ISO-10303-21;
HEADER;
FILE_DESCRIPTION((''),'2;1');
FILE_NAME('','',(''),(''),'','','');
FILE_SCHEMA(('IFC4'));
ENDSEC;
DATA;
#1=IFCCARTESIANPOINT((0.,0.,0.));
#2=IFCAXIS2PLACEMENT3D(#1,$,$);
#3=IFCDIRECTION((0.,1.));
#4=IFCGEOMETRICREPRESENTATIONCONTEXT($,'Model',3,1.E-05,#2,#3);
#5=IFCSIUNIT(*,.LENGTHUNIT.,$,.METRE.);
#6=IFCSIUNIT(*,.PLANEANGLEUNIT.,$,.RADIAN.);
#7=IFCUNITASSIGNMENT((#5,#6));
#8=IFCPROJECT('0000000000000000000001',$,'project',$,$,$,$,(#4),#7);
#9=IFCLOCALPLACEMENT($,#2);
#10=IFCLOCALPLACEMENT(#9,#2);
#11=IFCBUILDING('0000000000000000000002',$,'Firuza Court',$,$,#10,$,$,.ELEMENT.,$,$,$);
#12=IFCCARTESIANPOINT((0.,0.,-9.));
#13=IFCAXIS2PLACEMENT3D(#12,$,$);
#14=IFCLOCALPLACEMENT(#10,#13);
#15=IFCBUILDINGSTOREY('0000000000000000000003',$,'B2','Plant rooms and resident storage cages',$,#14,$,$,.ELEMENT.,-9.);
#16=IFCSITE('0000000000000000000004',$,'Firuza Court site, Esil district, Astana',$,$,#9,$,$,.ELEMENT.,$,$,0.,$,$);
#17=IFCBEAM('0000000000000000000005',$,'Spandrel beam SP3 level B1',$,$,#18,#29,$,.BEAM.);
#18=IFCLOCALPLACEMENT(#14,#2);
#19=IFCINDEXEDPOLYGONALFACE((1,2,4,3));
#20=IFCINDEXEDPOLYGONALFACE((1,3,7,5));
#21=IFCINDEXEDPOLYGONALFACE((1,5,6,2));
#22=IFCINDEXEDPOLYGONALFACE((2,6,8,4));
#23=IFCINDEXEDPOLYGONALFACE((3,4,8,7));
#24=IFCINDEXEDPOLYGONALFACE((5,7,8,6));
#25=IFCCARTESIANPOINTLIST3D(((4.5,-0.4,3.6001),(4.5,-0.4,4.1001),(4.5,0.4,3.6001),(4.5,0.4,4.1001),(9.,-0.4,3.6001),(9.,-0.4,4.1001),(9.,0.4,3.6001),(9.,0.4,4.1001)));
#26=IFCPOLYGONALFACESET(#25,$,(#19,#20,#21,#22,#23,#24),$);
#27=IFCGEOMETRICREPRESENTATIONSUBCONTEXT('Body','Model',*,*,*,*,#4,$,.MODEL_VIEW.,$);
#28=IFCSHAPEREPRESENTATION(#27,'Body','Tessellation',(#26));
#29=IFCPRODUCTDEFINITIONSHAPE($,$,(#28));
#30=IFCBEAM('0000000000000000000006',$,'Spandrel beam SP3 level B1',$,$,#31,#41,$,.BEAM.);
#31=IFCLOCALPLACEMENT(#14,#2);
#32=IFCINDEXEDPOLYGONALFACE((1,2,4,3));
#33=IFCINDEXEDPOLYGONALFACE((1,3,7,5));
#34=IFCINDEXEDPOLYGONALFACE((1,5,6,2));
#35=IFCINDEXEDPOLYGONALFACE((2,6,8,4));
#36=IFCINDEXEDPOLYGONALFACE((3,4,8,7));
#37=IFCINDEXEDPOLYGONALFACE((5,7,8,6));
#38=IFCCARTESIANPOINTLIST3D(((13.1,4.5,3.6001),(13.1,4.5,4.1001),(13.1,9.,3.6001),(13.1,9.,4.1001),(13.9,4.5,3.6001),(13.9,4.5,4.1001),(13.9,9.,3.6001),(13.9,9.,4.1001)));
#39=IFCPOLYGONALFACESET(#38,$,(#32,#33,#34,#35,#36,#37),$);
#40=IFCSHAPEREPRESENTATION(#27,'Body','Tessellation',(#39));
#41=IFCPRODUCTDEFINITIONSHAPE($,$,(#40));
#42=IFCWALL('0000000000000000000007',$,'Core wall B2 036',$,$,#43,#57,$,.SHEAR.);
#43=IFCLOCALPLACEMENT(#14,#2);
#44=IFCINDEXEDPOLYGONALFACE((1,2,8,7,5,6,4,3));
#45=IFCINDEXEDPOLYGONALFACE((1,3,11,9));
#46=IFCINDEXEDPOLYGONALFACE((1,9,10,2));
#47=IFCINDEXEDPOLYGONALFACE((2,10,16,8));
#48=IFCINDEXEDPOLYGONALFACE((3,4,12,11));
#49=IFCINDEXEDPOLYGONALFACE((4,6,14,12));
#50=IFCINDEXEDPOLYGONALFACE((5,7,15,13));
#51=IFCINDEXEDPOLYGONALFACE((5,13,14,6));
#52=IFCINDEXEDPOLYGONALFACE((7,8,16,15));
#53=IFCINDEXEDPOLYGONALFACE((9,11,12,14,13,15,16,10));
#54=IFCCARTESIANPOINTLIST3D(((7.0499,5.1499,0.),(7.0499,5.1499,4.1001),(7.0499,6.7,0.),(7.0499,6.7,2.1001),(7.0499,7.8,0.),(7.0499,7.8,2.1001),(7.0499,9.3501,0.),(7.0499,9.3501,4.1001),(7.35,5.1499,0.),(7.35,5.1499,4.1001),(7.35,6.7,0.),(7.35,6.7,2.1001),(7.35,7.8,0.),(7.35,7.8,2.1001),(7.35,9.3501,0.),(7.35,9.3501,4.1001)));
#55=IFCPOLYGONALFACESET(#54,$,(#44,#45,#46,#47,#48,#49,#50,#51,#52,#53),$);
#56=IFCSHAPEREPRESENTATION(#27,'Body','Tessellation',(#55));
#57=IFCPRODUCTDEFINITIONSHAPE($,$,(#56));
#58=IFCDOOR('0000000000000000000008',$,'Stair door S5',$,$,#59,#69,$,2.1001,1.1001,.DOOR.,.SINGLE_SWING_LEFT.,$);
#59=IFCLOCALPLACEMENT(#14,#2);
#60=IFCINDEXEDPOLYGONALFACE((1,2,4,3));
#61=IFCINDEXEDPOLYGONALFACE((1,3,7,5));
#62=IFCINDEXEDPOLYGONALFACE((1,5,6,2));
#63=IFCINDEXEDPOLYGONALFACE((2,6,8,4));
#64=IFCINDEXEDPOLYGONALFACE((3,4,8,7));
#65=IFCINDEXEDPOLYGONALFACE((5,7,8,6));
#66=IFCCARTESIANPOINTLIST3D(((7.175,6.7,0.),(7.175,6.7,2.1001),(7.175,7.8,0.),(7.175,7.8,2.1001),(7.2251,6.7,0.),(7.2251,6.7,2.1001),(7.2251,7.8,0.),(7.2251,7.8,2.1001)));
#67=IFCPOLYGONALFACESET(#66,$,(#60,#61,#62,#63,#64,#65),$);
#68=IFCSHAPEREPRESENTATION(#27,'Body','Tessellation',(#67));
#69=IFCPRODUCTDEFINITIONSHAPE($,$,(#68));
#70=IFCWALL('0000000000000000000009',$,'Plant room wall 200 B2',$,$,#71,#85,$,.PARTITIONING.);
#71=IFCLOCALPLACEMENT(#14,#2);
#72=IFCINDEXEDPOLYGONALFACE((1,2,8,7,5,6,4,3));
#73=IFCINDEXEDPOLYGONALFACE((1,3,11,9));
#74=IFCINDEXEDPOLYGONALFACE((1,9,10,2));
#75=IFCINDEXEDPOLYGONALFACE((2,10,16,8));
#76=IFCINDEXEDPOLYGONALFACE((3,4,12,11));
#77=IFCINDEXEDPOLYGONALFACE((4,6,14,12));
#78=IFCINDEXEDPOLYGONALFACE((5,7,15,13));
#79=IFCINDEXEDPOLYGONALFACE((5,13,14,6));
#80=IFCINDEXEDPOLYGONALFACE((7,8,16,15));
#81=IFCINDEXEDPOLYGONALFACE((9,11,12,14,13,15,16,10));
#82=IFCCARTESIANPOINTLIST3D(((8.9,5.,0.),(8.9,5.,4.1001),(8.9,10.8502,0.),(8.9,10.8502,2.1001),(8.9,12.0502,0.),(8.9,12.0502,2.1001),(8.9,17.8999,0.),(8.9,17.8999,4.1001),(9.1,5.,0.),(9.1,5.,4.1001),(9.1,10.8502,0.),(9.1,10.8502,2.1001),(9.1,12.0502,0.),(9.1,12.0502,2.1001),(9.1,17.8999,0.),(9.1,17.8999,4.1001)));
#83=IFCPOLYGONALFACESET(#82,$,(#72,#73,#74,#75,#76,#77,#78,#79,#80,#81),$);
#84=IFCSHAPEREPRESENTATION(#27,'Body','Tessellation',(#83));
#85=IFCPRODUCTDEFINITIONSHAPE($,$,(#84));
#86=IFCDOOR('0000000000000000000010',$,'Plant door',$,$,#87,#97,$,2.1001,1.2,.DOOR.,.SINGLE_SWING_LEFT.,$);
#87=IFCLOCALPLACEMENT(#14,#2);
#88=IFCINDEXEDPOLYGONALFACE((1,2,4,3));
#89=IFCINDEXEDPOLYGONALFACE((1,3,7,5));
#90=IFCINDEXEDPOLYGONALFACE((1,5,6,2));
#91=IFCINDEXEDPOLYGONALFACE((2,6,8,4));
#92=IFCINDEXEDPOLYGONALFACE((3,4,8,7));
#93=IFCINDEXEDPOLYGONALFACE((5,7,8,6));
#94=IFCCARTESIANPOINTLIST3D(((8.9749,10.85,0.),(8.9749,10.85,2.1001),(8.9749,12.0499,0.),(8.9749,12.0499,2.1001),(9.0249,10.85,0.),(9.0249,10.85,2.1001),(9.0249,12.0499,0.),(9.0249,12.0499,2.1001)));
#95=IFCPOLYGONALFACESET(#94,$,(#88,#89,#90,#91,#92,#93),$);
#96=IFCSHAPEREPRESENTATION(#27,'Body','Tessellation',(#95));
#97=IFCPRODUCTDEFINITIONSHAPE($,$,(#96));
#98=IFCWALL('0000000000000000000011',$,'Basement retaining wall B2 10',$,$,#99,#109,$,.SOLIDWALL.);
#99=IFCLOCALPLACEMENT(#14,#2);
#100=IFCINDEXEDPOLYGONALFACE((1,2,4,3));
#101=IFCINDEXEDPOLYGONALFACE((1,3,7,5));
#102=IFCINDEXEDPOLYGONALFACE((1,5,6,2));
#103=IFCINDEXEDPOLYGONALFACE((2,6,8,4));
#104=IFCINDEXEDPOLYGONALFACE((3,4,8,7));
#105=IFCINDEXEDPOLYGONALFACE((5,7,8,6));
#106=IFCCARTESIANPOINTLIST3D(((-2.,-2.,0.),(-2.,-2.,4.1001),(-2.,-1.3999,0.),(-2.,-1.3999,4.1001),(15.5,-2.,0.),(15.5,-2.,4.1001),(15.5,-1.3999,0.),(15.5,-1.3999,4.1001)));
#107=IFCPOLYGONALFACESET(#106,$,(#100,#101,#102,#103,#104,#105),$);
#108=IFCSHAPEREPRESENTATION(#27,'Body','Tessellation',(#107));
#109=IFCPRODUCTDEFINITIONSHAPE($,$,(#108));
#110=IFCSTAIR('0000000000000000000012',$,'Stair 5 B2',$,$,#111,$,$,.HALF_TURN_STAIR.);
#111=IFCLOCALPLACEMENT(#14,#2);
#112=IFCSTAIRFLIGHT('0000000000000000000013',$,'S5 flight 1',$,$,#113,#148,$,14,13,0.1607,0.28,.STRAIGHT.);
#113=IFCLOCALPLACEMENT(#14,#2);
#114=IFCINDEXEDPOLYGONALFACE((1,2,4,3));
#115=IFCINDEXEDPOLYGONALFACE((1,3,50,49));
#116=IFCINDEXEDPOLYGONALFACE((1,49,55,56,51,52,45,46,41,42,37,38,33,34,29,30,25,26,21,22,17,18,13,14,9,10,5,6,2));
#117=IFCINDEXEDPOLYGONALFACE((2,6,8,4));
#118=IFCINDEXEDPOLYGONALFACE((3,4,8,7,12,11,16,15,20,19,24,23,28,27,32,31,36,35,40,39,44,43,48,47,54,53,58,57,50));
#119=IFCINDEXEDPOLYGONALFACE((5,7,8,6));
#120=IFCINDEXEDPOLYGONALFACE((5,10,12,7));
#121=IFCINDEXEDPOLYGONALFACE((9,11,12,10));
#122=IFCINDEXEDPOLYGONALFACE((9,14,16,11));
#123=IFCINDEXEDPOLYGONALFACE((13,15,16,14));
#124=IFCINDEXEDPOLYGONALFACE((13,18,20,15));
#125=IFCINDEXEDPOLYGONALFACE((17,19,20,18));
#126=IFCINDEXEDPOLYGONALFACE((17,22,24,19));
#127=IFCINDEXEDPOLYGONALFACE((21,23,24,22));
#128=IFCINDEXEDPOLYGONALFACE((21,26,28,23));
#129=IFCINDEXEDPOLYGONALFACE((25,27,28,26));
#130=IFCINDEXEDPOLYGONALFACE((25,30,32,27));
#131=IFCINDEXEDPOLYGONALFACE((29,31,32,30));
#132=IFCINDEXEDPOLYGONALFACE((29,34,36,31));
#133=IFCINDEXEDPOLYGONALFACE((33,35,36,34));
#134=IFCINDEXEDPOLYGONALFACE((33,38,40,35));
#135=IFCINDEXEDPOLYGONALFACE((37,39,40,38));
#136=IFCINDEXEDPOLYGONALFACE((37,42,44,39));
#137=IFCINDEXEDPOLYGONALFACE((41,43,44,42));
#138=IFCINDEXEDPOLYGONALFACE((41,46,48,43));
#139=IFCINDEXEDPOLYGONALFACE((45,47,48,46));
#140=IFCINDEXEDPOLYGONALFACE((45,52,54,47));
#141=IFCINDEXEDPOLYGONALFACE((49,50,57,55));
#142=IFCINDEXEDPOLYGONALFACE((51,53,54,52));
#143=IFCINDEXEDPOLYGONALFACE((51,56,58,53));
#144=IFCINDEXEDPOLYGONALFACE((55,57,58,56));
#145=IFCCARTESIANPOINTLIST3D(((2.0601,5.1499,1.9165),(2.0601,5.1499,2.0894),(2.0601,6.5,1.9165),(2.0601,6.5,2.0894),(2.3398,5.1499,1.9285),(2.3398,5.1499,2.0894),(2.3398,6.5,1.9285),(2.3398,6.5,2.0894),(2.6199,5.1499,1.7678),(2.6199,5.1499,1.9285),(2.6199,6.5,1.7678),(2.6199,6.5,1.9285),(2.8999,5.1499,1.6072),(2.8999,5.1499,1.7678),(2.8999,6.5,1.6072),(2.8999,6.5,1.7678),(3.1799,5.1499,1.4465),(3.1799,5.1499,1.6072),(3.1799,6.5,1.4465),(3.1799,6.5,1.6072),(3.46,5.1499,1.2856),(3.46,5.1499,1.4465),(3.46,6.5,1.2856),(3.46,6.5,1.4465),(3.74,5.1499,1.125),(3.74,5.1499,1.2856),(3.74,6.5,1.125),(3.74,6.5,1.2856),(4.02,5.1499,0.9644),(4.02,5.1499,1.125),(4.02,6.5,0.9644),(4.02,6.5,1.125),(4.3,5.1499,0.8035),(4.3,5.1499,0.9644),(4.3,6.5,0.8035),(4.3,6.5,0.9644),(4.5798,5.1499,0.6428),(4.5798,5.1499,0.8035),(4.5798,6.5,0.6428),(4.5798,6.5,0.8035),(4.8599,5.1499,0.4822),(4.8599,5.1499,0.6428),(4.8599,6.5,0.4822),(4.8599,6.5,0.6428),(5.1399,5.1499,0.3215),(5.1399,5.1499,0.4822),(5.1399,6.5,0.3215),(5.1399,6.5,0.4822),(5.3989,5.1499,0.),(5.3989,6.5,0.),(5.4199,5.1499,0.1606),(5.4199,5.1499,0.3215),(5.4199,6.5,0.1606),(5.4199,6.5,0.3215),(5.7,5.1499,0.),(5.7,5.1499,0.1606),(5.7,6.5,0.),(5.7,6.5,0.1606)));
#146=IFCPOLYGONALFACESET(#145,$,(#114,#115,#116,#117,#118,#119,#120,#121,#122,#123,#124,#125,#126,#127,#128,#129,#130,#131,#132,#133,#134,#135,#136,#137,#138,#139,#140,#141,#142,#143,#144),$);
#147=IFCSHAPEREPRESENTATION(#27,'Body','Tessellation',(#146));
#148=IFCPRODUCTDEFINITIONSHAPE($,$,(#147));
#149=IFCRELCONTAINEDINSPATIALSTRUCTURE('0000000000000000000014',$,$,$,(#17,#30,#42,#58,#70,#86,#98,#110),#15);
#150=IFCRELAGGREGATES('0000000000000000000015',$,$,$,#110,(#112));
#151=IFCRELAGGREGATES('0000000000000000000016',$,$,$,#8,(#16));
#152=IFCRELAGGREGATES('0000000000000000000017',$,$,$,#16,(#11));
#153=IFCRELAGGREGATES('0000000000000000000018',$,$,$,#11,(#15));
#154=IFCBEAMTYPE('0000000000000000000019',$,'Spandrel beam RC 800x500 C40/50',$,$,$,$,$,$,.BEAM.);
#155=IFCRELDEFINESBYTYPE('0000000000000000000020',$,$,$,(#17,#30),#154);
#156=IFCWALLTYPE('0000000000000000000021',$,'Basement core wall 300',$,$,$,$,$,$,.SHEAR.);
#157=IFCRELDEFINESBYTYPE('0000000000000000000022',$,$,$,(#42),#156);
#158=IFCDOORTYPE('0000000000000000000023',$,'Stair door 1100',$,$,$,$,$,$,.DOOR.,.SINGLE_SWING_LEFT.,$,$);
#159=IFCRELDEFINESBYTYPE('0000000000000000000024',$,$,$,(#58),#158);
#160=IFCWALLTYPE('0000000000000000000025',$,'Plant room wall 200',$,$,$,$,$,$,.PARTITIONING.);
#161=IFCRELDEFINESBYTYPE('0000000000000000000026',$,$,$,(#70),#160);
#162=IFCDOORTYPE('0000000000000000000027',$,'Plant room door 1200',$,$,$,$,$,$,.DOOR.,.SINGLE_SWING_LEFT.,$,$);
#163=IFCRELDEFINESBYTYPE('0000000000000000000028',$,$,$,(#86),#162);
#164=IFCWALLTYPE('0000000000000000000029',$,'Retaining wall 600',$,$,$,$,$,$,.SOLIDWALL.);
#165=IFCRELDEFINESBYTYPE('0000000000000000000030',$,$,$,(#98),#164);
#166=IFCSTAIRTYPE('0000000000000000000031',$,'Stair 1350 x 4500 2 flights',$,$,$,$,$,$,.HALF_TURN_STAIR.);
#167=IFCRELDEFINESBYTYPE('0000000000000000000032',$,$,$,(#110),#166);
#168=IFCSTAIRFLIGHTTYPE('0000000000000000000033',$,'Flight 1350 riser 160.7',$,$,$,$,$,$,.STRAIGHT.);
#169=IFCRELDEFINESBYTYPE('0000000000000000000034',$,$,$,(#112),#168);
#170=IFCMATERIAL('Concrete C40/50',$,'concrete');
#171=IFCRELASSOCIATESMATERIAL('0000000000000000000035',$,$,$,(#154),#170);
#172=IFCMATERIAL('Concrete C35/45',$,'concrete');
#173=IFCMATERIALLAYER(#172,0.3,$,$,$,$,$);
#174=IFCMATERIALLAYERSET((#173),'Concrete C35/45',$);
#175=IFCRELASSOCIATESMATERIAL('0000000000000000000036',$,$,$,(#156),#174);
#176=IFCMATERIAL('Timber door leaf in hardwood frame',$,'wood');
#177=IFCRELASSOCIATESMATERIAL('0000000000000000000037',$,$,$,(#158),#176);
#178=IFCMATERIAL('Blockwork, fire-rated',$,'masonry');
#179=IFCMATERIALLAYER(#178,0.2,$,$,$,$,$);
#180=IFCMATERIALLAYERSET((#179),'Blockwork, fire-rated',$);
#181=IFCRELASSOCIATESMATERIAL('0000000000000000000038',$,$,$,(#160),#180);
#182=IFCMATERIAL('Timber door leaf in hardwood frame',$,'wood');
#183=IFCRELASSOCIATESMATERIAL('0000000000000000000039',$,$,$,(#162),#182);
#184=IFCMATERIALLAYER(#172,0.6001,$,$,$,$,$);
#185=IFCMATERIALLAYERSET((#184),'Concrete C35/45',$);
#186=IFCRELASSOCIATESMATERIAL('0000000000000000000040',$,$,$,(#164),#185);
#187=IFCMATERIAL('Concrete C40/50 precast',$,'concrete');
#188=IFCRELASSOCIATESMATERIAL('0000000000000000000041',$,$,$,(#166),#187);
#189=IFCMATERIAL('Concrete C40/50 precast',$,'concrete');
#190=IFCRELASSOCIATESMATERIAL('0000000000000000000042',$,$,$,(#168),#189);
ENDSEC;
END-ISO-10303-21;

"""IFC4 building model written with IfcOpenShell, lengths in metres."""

from ifc_helpers import new_model, si_unit, direction, frame, frame_2d, origin, origin_2d, place, context, subcontext, project, spatial, polyline, rectangle, outline, extrude, material, layer, layer_set, material_profile, profile_set, type_object, element, fill, aggregate, save


model = new_model("IFC4")

# Units and contexts
model_context = context("Model", 3, precision=1e-05, world=origin(), true_north=direction((0.0, 1.0)))
body_context = subcontext(model_context, "Body", "Model", "MODEL_VIEW")
ifc_project = project(units=[si_unit("LENGTHUNIT", "METRE"), si_unit("PLANEANGLEUNIT", "RADIAN")], contexts=[model_context])

# Site, building, storey
site_placement = place(None, origin())
site = spatial("IfcSite", under=ifc_project, at=site_placement, Name="Firuza Court site, Esil district, Astana", CompositionType="ELEMENT", RefElevation=0.0)
building_placement = place(site_placement, origin())
building = spatial("IfcBuilding", under=site, at=building_placement, Name="Firuza Court", CompositionType="ELEMENT")
storey_placement = place(building_placement, frame((0.0, 0.0, -9.0)))
storey = spatial("IfcBuildingStorey", under=building, at=storey_placement, Name="B2", Description="Plant rooms and resident storage cages", CompositionType="ELEMENT", Elevation=-9.0)

# Beams
ifc_material_1 = material(Name="Concrete C40/50", Category="concrete")
ifc_material_profile_1 = material_profile(ifc_material_1, rectangle(XDim=0.8, YDim=0.5, at=origin_2d()), Name="RC 800x500")
ifc_profile_set_1 = profile_set([ifc_material_profile_1], Name="Concrete C40/50")
beam_type_1 = type_object("IfcBeamType", Name="Spandrel beam RC 800x500 C40/50", PredefinedType="BEAM", material=ifc_profile_set_1)
for number, where, z_axis, x_axis, name in (
    (1, (4.5, 0.0, 3.8501), (1.0, 0.0, 0.0), (0.0, 1.0, 0.0), "Spandrel beam SP3 level B1"),
    (2, (13.5, 4.5, 3.8501), (0.0, 1.0, 0.0), (-1.0, 0.0, 0.0), "Spandrel beam SP3 level B1"),
):
    element("IfcBeam", number, at=place(storey_placement, frame(where, z_axis=z_axis, x_axis=x_axis)), inside=storey, type_object=beam_type_1, Name=name, PredefinedType="BEAM", context=body_context, shape_type="SweptSolid", body=[
        extrude(rectangle(XDim=0.8, YDim=0.5, at=origin_2d()), origin(), (0.0, 0.0, 1.0), 4.5),
    ])

# Walls, openings, doors
ifc_material_2 = material(Name="Concrete C35/45", Category="concrete")
ifc_layer_1 = layer(ifc_material_2, 0.3)
ifc_layer_set_1 = layer_set([ifc_layer_1], Name="Concrete C35/45")
wall_type_1 = type_object("IfcWallType", Name="Basement core wall 300", PredefinedType="SHEAR", material=ifc_layer_set_1)
wall_1_placement = place(storey_placement, frame((7.2, 5.1499, 0.0), z_axis=(0.0, 0.0, 1.0), x_axis=(0.0, 1.0, 0.0)))
wall_1 = element("IfcWall", 3, at=wall_1_placement, inside=storey, type_object=wall_type_1, Name="Core wall B2 036", PredefinedType="SHEAR", context=body_context, shape_type="SweptSolid", body=[
    extrude(rectangle(XDim=4.2002, YDim=0.3, at=frame_2d((2.1001, 0.0))), origin(), (0.0, 0.0, 1.0), 4.1001),
])
opening_1_placement = place(wall_1_placement, frame((1.55, 0.0, 0.0)))
opening_1 = element("IfcOpeningElement", 4, at=opening_1_placement, cuts=wall_1, PredefinedType="OPENING", context=body_context, shape_type="SweptSolid", body=[
    extrude(rectangle(XDim=1.1001, YDim=2.1001, at=frame_2d((0.55, 1.05))), frame((0.0, 0.1621, 0.0), z_axis=(0.0, -1.0, 0.0), x_axis=(1.0, 0.0, 0.0)), (0.0, 0.0, 1.0), 0.324),
])
ifc_material_3 = material(Name="Timber door leaf in hardwood frame", Category="wood")
door_type_1 = type_object("IfcDoorType", Name="Stair door 1100", OperationType="SINGLE_SWING_LEFT", PredefinedType="DOOR", material=ifc_material_3)
door_1_placement = place(opening_1_placement, origin())
door_1 = element("IfcDoor", 5, at=door_1_placement, inside=storey, type_object=door_type_1, Name="Stair door S5", OperationType="SINGLE_SWING_LEFT", OverallHeight=2.1001, OverallWidth=1.1001, PredefinedType="DOOR", context=body_context, shape_type="SweptSolid", body=[
    extrude(rectangle(XDim=1.1001, YDim=2.1001, at=frame_2d((0.55, 1.05))), frame((0.0, 0.0249, 0.0), z_axis=(0.0, -1.0, 0.0), x_axis=(1.0, 0.0, 0.0)), (0.0, 0.0, 1.0), 0.05),
])
fill(opening_1, door_1)
ifc_material_4 = material(Name="Blockwork, fire-rated", Category="masonry")
ifc_layer_2 = layer(ifc_material_4, 0.2)
ifc_layer_set_2 = layer_set([ifc_layer_2], Name="Blockwork, fire-rated")
wall_type_2 = type_object("IfcWallType", Name="Plant room wall 200", PredefinedType="PARTITIONING", material=ifc_layer_set_2)
wall_2_placement = place(storey_placement, frame((9.0, 5.0, 0.0), z_axis=(0.0, 0.0, 1.0), x_axis=(0.0, 1.0, 0.0)))
wall_2 = element("IfcWall", 6, at=wall_2_placement, inside=storey, type_object=wall_type_2, Name="Plant room wall 200 B2", PredefinedType="PARTITIONING", context=body_context, shape_type="SweptSolid", body=[
    extrude(rectangle(XDim=12.8999, YDim=0.2, at=frame_2d((6.45, 0.0))), origin(), (0.0, 0.0, 1.0), 4.1001),
])
opening_2_placement = place(wall_2_placement, frame((5.8501, 0.0, 0.0)))
opening_2 = element("IfcOpeningElement", 7, at=opening_2_placement, cuts=wall_2, PredefinedType="OPENING", context=body_context, shape_type="SweptSolid", body=[
    extrude(rectangle(XDim=1.2, YDim=2.1001, at=frame_2d((0.6001, 1.05))), frame((0.0, 0.1118, 0.0), z_axis=(0.0, -1.0, 0.0), x_axis=(1.0, 0.0, 0.0)), (0.0, 0.0, 1.0), 0.2239),
])
ifc_material_5 = material(Name="Timber door leaf in hardwood frame", Category="wood")
door_type_2 = type_object("IfcDoorType", Name="Plant room door 1200", OperationType="SINGLE_SWING_LEFT", PredefinedType="DOOR", material=ifc_material_5)
door_2_placement = place(opening_2_placement, frame((1.2, 0.0, 0.0), z_axis=(0.0, 0.0, 1.0), x_axis=(-1.0, 0.0, 0.0)))
door_2 = element("IfcDoor", 8, at=door_2_placement, inside=storey, type_object=door_type_2, Name="Plant door", OperationType="SINGLE_SWING_LEFT", OverallHeight=2.1001, OverallWidth=1.2, PredefinedType="DOOR", context=body_context, shape_type="SweptSolid", body=[
    extrude(rectangle(XDim=1.2, YDim=2.1001, at=frame_2d((0.6001, 1.05))), frame((0.0, 0.0249, 0.0), z_axis=(0.0, -1.0, 0.0), x_axis=(1.0, 0.0, 0.0)), (0.0, 0.0, 1.0), 0.05),
])
fill(opening_2, door_2)

# Wall
ifc_layer_3 = layer(ifc_material_2, 0.6001)
ifc_layer_set_3 = layer_set([ifc_layer_3], Name="Concrete C35/45")
wall_type_3 = type_object("IfcWallType", Name="Retaining wall 600", PredefinedType="SOLIDWALL", material=ifc_layer_set_3)
wall_3_placement = place(storey_placement, frame((15.5, -1.7, 0.0), z_axis=(0.0, 0.0, 1.0), x_axis=(-1.0, 0.0, 0.0)))
element("IfcWall", 9, at=wall_3_placement, inside=storey, type_object=wall_type_3, Name="Basement retaining wall B2 10", PredefinedType="SOLIDWALL", context=body_context, shape_type="SweptSolid", body=[
    extrude(rectangle(XDim=17.5, YDim=0.6001, at=frame_2d((8.75, 0.0))), origin(), (0.0, 0.0, 1.0), 4.1001),
])

# Stair, stair flight
ifc_material_6 = material(Name="Concrete C40/50 precast", Category="concrete")
stair_type = type_object("IfcStairType", Name="Stair 1350 x 4500 2 flights", PredefinedType="HALF_TURN_STAIR", material=ifc_material_6)
stair_placement = place(storey_placement, origin())
stair = element("IfcStair", 10, at=stair_placement, inside=storey, type_object=stair_type, Name="Stair 5 B2", PredefinedType="HALF_TURN_STAIR")
ifc_material_7 = material(Name="Concrete C40/50 precast", Category="concrete")
stair_flight_type = type_object("IfcStairFlightType", Name="Flight 1350 riser 160.7", PredefinedType="STRAIGHT", material=ifc_material_7)
stair_flight_placement = place(storey_placement, frame((5.7, 5.825, 0.0), z_axis=(0.0, 0.0, 1.0), x_axis=(-1.0, 0.0, 0.0)))
stair_flight = element("IfcStairFlight", 11, at=stair_flight_placement, type_object=stair_flight_type, Name="S5 flight 1", NumberOfRisers=14, NumberOfTreads=13, PredefinedType="STRAIGHT", RiserHeight=0.1607, TreadLength=0.28, context=body_context, shape_type="SweptSolid", body=[
    extrude(outline(polyline([(0.0, 0.0), (0.0, 0.1606), (0.28, 0.1606), (0.28, 0.3215), (0.5601, 0.3215), (0.5601, 0.4822), (0.8401, 0.4822), (0.8401, 0.6428), (1.1201, 0.6428), (1.1201, 0.8035), (1.3999, 0.8035), (1.3999, 0.9644), (1.6799, 0.9644), (1.6799, 1.125), (1.96, 1.125), (1.96, 1.2856), (2.24, 1.2856), (2.24, 1.4465), (2.52, 1.4465), (2.52, 1.6072), (2.8, 1.6072), (2.8, 1.7678), (3.0801, 1.7678), (3.0801, 1.9285), (3.3601, 1.9285), (3.3601, 2.0894), (3.6399, 2.0894), (3.6399, 2.25), (3.6399, 1.9165), (0.301, 0.0), (0.0, 0.0)])), frame((0.0, 0.675, 0.0), z_axis=(0.0, -1.0, 0.0), x_axis=(1.0, 0.0, 0.0)), (0.0, 0.0, 1.0), 1.3501),
])
aggregate(stair, [stair_flight])

save(model, "model.ifc")
